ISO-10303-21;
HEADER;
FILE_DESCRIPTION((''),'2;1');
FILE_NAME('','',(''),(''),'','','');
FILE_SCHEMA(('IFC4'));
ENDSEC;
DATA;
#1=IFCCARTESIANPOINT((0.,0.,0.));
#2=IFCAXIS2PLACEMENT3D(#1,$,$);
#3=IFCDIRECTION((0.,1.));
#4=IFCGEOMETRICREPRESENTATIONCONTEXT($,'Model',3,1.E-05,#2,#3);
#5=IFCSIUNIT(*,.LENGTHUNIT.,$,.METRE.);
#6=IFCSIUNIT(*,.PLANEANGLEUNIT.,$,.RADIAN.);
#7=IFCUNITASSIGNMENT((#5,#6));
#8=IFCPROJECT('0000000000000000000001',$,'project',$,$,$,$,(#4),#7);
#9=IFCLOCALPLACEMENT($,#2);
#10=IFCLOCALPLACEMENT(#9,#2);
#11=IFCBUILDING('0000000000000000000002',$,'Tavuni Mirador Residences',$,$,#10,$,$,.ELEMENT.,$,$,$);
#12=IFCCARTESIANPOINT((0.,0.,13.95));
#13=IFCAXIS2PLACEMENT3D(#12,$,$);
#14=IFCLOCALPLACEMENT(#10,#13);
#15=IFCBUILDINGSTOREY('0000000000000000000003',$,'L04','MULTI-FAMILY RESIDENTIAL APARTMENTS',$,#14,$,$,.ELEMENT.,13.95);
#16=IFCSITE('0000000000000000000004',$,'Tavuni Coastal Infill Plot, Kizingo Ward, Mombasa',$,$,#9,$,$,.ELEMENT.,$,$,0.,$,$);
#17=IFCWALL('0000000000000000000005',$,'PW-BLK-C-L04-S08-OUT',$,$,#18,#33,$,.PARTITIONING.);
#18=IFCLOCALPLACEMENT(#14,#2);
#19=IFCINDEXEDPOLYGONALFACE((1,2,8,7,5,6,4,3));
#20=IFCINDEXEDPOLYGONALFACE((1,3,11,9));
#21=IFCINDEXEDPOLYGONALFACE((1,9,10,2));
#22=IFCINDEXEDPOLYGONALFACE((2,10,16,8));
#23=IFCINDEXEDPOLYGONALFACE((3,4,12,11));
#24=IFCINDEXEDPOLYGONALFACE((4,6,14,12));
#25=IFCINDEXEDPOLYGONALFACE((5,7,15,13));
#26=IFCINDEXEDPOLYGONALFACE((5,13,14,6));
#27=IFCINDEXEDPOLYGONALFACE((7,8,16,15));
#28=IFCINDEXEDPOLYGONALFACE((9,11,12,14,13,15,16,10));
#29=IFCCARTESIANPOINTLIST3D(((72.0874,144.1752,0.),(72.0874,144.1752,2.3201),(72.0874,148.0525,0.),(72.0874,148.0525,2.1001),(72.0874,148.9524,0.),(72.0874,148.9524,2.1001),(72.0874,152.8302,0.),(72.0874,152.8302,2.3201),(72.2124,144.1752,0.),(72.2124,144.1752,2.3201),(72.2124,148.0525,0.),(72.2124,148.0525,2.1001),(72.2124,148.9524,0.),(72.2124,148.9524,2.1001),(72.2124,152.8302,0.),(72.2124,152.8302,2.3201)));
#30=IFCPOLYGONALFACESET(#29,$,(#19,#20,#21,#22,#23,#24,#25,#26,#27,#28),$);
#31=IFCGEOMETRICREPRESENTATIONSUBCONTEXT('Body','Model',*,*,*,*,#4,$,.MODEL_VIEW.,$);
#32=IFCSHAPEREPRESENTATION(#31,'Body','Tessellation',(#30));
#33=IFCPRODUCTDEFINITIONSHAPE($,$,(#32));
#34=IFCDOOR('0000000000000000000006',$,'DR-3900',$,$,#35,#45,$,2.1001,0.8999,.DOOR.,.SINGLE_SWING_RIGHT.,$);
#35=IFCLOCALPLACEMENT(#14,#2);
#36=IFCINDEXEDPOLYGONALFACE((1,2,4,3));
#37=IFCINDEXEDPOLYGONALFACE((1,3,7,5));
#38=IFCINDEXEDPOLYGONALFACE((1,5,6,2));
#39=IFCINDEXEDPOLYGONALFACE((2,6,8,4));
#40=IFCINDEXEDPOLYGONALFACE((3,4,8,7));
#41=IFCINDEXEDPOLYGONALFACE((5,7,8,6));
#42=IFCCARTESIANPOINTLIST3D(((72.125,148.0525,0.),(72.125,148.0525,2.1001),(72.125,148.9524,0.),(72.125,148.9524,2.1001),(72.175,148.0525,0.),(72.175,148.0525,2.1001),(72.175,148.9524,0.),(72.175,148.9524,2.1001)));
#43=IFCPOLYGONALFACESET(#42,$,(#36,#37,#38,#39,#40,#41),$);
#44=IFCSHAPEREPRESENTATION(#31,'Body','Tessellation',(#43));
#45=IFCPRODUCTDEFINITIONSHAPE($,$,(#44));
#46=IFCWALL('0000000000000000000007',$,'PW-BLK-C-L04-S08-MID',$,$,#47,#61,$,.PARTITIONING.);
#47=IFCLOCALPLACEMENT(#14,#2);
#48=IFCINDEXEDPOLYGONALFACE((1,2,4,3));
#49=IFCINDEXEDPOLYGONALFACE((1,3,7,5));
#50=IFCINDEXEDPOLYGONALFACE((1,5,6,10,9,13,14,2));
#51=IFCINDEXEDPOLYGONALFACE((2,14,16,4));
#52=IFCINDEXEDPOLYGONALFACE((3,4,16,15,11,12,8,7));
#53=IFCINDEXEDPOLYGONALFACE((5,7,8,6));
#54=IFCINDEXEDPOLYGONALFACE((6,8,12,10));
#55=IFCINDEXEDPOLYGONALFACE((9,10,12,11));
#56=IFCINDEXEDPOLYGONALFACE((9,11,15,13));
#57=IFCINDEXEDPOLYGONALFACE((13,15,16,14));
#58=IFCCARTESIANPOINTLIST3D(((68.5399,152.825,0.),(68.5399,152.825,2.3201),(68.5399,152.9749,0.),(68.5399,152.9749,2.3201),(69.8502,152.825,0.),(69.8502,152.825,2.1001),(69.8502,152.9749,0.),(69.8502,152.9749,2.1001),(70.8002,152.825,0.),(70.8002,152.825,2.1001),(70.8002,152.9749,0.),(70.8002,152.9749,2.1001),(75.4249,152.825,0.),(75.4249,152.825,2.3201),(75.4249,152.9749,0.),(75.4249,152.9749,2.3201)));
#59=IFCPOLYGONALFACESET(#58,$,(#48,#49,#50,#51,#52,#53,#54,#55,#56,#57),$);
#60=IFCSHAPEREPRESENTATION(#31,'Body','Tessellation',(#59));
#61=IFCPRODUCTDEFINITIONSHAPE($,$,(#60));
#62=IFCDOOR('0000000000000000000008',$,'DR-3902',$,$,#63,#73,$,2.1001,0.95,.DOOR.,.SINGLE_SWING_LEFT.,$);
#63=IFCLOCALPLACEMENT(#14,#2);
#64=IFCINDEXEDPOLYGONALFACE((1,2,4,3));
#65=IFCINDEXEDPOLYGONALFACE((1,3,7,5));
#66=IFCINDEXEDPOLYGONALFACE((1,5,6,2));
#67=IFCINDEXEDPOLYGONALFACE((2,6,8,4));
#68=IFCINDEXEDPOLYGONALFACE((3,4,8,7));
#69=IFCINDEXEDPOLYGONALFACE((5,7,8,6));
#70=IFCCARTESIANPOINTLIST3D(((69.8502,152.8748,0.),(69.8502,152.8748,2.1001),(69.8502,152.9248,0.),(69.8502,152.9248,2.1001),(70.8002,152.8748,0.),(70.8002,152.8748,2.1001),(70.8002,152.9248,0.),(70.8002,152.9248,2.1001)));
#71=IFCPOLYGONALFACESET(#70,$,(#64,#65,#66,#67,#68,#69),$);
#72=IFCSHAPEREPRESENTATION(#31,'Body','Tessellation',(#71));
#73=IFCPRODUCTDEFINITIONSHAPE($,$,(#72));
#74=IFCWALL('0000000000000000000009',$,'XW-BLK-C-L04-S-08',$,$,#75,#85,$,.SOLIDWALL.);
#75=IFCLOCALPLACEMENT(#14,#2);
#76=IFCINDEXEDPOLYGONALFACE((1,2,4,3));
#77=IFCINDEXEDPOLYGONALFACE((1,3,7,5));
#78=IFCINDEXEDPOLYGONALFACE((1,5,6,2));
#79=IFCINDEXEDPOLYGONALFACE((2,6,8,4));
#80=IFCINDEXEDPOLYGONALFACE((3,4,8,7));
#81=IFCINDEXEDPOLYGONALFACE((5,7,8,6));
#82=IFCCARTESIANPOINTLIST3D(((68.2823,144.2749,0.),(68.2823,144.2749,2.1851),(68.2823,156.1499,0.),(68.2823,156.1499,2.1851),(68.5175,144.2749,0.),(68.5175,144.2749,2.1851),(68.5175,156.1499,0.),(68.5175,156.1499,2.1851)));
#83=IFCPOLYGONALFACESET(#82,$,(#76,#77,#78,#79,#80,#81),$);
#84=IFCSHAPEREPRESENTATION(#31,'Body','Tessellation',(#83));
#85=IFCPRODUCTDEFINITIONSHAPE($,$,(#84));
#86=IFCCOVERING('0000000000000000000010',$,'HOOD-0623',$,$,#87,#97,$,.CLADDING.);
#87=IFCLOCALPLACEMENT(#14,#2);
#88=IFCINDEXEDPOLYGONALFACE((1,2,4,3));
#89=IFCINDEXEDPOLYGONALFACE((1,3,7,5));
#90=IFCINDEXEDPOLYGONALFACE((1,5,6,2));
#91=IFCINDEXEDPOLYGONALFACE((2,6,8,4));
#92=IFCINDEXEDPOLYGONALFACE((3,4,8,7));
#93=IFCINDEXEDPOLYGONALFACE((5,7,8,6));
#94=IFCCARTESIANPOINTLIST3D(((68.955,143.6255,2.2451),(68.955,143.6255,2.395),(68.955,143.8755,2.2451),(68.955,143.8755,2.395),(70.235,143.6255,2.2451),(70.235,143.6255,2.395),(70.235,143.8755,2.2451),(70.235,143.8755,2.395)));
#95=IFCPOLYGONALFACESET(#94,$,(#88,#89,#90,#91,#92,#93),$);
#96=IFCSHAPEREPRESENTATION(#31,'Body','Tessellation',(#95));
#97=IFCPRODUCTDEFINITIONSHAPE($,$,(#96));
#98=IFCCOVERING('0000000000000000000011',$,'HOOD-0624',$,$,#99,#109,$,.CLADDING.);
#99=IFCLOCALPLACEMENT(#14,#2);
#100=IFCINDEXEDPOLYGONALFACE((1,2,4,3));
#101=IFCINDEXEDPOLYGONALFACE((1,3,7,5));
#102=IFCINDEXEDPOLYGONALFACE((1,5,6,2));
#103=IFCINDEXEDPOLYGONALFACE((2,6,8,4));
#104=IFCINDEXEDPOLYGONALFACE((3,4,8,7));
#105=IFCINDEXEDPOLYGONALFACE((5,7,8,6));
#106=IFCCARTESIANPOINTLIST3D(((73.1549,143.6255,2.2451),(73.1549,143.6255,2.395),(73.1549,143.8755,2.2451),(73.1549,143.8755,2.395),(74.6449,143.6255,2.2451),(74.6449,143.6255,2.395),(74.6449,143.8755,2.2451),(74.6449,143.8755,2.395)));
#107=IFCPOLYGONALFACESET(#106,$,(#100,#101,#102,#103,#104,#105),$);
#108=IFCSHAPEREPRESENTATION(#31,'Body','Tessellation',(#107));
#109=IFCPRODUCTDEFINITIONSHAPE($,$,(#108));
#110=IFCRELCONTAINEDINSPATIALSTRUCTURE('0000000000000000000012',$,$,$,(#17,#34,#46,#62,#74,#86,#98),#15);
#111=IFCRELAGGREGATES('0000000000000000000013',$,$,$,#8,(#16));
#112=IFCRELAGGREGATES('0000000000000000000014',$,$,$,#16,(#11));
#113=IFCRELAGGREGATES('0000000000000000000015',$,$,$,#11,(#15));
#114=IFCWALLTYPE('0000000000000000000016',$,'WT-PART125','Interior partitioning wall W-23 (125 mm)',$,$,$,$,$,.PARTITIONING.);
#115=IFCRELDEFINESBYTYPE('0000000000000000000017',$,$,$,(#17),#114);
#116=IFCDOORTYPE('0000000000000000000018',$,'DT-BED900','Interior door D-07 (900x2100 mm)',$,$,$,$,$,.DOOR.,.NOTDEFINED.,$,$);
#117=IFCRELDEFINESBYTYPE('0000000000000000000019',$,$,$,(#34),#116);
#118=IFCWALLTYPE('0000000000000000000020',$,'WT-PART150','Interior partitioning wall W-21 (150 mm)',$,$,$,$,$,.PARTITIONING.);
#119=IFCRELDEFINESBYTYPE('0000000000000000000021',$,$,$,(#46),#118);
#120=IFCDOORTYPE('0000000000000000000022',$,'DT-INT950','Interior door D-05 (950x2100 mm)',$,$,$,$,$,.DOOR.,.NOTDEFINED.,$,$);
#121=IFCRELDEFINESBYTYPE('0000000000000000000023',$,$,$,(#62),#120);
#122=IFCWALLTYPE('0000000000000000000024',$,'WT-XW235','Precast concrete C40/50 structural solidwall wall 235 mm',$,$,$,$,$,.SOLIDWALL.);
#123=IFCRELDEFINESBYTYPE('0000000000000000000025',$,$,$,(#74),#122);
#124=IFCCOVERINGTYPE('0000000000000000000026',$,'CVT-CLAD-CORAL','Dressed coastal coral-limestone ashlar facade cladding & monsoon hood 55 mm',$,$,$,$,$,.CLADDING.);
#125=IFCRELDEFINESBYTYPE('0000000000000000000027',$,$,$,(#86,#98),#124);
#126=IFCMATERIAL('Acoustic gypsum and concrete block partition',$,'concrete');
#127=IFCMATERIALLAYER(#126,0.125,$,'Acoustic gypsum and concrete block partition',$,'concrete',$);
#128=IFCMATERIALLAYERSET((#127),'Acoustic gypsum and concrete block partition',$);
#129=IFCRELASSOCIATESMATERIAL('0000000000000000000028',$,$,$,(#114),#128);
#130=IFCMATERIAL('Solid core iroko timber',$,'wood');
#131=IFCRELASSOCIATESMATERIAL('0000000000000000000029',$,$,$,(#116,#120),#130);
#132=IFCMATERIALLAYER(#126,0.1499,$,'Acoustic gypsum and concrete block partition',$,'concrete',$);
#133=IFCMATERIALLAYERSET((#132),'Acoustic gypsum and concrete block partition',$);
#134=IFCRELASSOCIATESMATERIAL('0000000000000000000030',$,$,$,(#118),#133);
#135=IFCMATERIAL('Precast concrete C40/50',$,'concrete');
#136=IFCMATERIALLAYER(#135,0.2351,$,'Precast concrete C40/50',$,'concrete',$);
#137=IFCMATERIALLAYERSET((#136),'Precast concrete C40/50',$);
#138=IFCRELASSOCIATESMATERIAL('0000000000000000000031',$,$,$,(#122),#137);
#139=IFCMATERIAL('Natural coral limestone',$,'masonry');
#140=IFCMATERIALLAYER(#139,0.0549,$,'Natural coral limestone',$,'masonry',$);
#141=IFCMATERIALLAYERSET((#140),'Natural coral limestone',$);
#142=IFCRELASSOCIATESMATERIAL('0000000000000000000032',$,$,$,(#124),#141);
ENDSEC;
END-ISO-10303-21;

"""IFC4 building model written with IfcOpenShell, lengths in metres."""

from ifc_helpers import new_model, si_unit, direction, frame, frame_2d, origin, origin_2d, place, context, subcontext, project, spatial, rectangle, extrude, material, layer, layer_set, type_object, element, fill, save


model = new_model("IFC4")

# Units and contexts
model_context = context("Model", 3, precision=1e-05, world=origin(), true_north=direction((0.0, 1.0)))
body_context = subcontext(model_context, "Body", "Model", "MODEL_VIEW")
ifc_project = project(units=[si_unit("LENGTHUNIT", "METRE"), si_unit("PLANEANGLEUNIT", "RADIAN")], contexts=[model_context])

# Site, building, storey
site_placement = place(None, origin())
site = spatial("IfcSite", under=ifc_project, at=site_placement, Name="Tavuni Coastal Infill Plot, Kizingo Ward, Mombasa", CompositionType="ELEMENT", RefElevation=0.0)
building_placement = place(site_placement, origin())
building = spatial("IfcBuilding", under=site, at=building_placement, Name="Tavuni Mirador Residences", CompositionType="ELEMENT")
storey_placement = place(building_placement, frame((0.0, 0.0, 13.95)))
storey = spatial("IfcBuildingStorey", under=building, at=storey_placement, Name="L04", Description="MULTI-FAMILY RESIDENTIAL APARTMENTS", CompositionType="ELEMENT", Elevation=13.95)

# Shared definitions
ifc_material_1 = material(Name="Precast concrete C40/50", Category="concrete")

# Shared definitions
ifc_material_2 = material(Name="Solid core iroko timber", Category="wood")

# Walls, openings, doors
ifc_material_3 = material(Name="Acoustic gypsum and concrete block partition", Category="concrete")
ifc_layer_1 = layer(ifc_material_3, 0.125, Name="Acoustic gypsum and concrete block partition", Category="concrete")
ifc_layer_set_1 = layer_set([ifc_layer_1], Name="Acoustic gypsum and concrete block partition")
wall_type_1 = type_object("IfcWallType", Name="WT-PART125", Description="Interior partitioning wall W-23 (125 mm)", PredefinedType="PARTITIONING", material=ifc_layer_set_1)
wall_1_placement = place(storey_placement, frame((72.1499, 144.175, 0.0), z_axis=(0.0, 0.0, 1.0), x_axis=(0.0, 1.0, 0.0)))
wall_1 = element("IfcWall", 1, at=wall_1_placement, inside=storey, type_object=wall_type_1, Name="PW-BLK-C-L04-S08-OUT", PredefinedType="PARTITIONING", context=body_context, shape_type="SweptSolid", body=[
    extrude(rectangle(XDim=8.655, YDim=0.125, at=frame_2d((4.3276, 0.0))), origin(), (0.0, 0.0, 1.0), 2.3201),
])
opening_1_placement = place(wall_1_placement, frame((3.8774, 0.0, 0.0)))
opening_1 = element("IfcOpeningElement", 2, at=opening_1_placement, cuts=wall_1, PredefinedType="OPENING", context=body_context, shape_type="SweptSolid", body=[
    extrude(rectangle(XDim=0.8999, YDim=2.1001, at=frame_2d((0.45, 1.05))), frame((0.0, 0.0725, 0.0), z_axis=(0.0, -1.0, 0.0), x_axis=(1.0, 0.0, 0.0)), (0.0, 0.0, 1.0), 0.145),
])
door_type_1 = type_object("IfcDoorType", Name="DT-BED900", Description="Interior door D-07 (900x2100 mm)", OperationType="NOTDEFINED", PredefinedType="DOOR", material=ifc_material_2)
door_1_placement = place(opening_1_placement, origin())
door_1 = element("IfcDoor", 3, at=door_1_placement, inside=storey, type_object=door_type_1, Name="DR-3900", OperationType="SINGLE_SWING_RIGHT", OverallHeight=2.1001, OverallWidth=0.8999, PredefinedType="DOOR", context=body_context, shape_type="SweptSolid", body=[
    extrude(rectangle(XDim=0.8999, YDim=2.1001, at=frame_2d((0.45, 1.05))), frame((0.0, 0.0249, 0.0), z_axis=(0.0, -1.0, 0.0), x_axis=(1.0, 0.0, 0.0)), (0.0, 0.0, 1.0), 0.05),
])
fill(opening_1, door_1)
ifc_layer_2 = layer(ifc_material_3, 0.1499, Name="Acoustic gypsum and concrete block partition", Category="concrete")
ifc_layer_set_2 = layer_set([ifc_layer_2], Name="Acoustic gypsum and concrete block partition")
wall_type_2 = type_object("IfcWallType", Name="WT-PART150", Description="Interior partitioning wall W-21 (150 mm)", PredefinedType="PARTITIONING", material=ifc_layer_set_2)
wall_2_placement = place(storey_placement, frame((68.54, 152.8999, 0.0), z_axis=(0.0, 0.0, 1.0), x_axis=(1.0, 0.0, 0.0)))
wall_2 = element("IfcWall", 4, at=wall_2_placement, inside=storey, type_object=wall_type_2, Name="PW-BLK-C-L04-S08-MID", PredefinedType="PARTITIONING", context=body_context, shape_type="SweptSolid", body=[
    extrude(rectangle(XDim=6.885, YDim=0.1499, at=frame_2d((3.4424, 0.0))), origin(), (0.0, 0.0, 1.0), 2.3201),
])
opening_2_placement = place(wall_2_placement, frame((1.3101, 0.0, 0.0)))
opening_2 = element("IfcOpeningElement", 5, at=opening_2_placement, cuts=wall_2, PredefinedType="OPENING", context=body_context, shape_type="SweptSolid", body=[
    extrude(rectangle(XDim=0.95, YDim=2.1001, at=frame_2d((0.4751, 1.05))), frame((0.0, 0.085, 0.0), z_axis=(0.0, -1.0, 0.0), x_axis=(1.0, 0.0, 0.0)), (0.0, 0.0, 1.0), 0.1699),
])
door_type_2 = type_object("IfcDoorType", Name="DT-INT950", Description="Interior door D-05 (950x2100 mm)", OperationType="NOTDEFINED", PredefinedType="DOOR", material=ifc_material_2)
door_2_placement = place(opening_2_placement, origin())
door_2 = element("IfcDoor", 6, at=door_2_placement, inside=storey, type_object=door_type_2, Name="DR-3902", OperationType="SINGLE_SWING_LEFT", OverallHeight=2.1001, OverallWidth=0.95, PredefinedType="DOOR", context=body_context, shape_type="SweptSolid", body=[
    extrude(rectangle(XDim=0.95, YDim=2.1001, at=frame_2d((0.4751, 1.05))), frame((0.0, 0.0249, 0.0), z_axis=(0.0, -1.0, 0.0), x_axis=(1.0, 0.0, 0.0)), (0.0, 0.0, 1.0), 0.05),
])
fill(opening_2, door_2)

# Wall
ifc_layer_3 = layer(ifc_material_1, 0.2351, Name="Precast concrete C40/50", Category="concrete")
ifc_layer_set_3 = layer_set([ifc_layer_3], Name="Precast concrete C40/50")
wall_type_3 = type_object("IfcWallType", Name="WT-XW235", Description="Precast concrete C40/50 structural solidwall wall 235 mm", PredefinedType="SOLIDWALL", material=ifc_layer_set_3)
wall_3_placement = place(storey_placement, frame((68.3999, 144.2749, 0.0), z_axis=(0.0, 0.0, 1.0), x_axis=(0.0, 1.0, 0.0)))
element("IfcWall", 7, at=wall_3_placement, inside=storey, type_object=wall_type_3, Name="XW-BLK-C-L04-S-08", PredefinedType="SOLIDWALL", context=body_context, shape_type="SweptSolid", body=[
    extrude(rectangle(XDim=11.875, YDim=0.2351, at=frame_2d((5.9375, 0.0))), origin(), (0.0, 0.0, 1.0), 2.1851),
])

# Coverings
ifc_material_4 = material(Name="Natural coral limestone", Category="masonry")
ifc_layer_4 = layer(ifc_material_4, 0.0549, Name="Natural coral limestone", Category="masonry")
ifc_layer_set_4 = layer_set([ifc_layer_4], Name="Natural coral limestone")
covering_type = type_object("IfcCoveringType", Name="CVT-CLAD-CORAL", Description="Dressed coastal coral-limestone ashlar facade cladding & monsoon hood 55 mm", PredefinedType="CLADDING", material=ifc_layer_set_4)
covering_1_placement = place(storey_placement, frame((69.595, 143.7505, 2.2451), z_axis=(0.0, 0.0, 1.0), x_axis=(1.0, 0.0, 0.0)))
element("IfcCovering", 8, at=covering_1_placement, inside=storey, type_object=covering_type, Name="HOOD-0623", PredefinedType="CLADDING", context=body_context, shape_type="SweptSolid", body=[
    extrude(rectangle(XDim=1.28, YDim=0.25, at=origin_2d()), origin(), (0.0, 0.0, 1.0), 0.1499),
])
covering_2_placement = place(storey_placement, frame((73.8999, 143.7505, 2.2451), z_axis=(0.0, 0.0, 1.0), x_axis=(1.0, 0.0, 0.0)))
element("IfcCovering", 9, at=covering_2_placement, inside=storey, type_object=covering_type, Name="HOOD-0624", PredefinedType="CLADDING", context=body_context, shape_type="SweptSolid", body=[
    extrude(rectangle(XDim=1.49, YDim=0.25, at=origin_2d()), origin(), (0.0, 0.0, 1.0), 0.1499),
])

save(model, "model.ifc")
